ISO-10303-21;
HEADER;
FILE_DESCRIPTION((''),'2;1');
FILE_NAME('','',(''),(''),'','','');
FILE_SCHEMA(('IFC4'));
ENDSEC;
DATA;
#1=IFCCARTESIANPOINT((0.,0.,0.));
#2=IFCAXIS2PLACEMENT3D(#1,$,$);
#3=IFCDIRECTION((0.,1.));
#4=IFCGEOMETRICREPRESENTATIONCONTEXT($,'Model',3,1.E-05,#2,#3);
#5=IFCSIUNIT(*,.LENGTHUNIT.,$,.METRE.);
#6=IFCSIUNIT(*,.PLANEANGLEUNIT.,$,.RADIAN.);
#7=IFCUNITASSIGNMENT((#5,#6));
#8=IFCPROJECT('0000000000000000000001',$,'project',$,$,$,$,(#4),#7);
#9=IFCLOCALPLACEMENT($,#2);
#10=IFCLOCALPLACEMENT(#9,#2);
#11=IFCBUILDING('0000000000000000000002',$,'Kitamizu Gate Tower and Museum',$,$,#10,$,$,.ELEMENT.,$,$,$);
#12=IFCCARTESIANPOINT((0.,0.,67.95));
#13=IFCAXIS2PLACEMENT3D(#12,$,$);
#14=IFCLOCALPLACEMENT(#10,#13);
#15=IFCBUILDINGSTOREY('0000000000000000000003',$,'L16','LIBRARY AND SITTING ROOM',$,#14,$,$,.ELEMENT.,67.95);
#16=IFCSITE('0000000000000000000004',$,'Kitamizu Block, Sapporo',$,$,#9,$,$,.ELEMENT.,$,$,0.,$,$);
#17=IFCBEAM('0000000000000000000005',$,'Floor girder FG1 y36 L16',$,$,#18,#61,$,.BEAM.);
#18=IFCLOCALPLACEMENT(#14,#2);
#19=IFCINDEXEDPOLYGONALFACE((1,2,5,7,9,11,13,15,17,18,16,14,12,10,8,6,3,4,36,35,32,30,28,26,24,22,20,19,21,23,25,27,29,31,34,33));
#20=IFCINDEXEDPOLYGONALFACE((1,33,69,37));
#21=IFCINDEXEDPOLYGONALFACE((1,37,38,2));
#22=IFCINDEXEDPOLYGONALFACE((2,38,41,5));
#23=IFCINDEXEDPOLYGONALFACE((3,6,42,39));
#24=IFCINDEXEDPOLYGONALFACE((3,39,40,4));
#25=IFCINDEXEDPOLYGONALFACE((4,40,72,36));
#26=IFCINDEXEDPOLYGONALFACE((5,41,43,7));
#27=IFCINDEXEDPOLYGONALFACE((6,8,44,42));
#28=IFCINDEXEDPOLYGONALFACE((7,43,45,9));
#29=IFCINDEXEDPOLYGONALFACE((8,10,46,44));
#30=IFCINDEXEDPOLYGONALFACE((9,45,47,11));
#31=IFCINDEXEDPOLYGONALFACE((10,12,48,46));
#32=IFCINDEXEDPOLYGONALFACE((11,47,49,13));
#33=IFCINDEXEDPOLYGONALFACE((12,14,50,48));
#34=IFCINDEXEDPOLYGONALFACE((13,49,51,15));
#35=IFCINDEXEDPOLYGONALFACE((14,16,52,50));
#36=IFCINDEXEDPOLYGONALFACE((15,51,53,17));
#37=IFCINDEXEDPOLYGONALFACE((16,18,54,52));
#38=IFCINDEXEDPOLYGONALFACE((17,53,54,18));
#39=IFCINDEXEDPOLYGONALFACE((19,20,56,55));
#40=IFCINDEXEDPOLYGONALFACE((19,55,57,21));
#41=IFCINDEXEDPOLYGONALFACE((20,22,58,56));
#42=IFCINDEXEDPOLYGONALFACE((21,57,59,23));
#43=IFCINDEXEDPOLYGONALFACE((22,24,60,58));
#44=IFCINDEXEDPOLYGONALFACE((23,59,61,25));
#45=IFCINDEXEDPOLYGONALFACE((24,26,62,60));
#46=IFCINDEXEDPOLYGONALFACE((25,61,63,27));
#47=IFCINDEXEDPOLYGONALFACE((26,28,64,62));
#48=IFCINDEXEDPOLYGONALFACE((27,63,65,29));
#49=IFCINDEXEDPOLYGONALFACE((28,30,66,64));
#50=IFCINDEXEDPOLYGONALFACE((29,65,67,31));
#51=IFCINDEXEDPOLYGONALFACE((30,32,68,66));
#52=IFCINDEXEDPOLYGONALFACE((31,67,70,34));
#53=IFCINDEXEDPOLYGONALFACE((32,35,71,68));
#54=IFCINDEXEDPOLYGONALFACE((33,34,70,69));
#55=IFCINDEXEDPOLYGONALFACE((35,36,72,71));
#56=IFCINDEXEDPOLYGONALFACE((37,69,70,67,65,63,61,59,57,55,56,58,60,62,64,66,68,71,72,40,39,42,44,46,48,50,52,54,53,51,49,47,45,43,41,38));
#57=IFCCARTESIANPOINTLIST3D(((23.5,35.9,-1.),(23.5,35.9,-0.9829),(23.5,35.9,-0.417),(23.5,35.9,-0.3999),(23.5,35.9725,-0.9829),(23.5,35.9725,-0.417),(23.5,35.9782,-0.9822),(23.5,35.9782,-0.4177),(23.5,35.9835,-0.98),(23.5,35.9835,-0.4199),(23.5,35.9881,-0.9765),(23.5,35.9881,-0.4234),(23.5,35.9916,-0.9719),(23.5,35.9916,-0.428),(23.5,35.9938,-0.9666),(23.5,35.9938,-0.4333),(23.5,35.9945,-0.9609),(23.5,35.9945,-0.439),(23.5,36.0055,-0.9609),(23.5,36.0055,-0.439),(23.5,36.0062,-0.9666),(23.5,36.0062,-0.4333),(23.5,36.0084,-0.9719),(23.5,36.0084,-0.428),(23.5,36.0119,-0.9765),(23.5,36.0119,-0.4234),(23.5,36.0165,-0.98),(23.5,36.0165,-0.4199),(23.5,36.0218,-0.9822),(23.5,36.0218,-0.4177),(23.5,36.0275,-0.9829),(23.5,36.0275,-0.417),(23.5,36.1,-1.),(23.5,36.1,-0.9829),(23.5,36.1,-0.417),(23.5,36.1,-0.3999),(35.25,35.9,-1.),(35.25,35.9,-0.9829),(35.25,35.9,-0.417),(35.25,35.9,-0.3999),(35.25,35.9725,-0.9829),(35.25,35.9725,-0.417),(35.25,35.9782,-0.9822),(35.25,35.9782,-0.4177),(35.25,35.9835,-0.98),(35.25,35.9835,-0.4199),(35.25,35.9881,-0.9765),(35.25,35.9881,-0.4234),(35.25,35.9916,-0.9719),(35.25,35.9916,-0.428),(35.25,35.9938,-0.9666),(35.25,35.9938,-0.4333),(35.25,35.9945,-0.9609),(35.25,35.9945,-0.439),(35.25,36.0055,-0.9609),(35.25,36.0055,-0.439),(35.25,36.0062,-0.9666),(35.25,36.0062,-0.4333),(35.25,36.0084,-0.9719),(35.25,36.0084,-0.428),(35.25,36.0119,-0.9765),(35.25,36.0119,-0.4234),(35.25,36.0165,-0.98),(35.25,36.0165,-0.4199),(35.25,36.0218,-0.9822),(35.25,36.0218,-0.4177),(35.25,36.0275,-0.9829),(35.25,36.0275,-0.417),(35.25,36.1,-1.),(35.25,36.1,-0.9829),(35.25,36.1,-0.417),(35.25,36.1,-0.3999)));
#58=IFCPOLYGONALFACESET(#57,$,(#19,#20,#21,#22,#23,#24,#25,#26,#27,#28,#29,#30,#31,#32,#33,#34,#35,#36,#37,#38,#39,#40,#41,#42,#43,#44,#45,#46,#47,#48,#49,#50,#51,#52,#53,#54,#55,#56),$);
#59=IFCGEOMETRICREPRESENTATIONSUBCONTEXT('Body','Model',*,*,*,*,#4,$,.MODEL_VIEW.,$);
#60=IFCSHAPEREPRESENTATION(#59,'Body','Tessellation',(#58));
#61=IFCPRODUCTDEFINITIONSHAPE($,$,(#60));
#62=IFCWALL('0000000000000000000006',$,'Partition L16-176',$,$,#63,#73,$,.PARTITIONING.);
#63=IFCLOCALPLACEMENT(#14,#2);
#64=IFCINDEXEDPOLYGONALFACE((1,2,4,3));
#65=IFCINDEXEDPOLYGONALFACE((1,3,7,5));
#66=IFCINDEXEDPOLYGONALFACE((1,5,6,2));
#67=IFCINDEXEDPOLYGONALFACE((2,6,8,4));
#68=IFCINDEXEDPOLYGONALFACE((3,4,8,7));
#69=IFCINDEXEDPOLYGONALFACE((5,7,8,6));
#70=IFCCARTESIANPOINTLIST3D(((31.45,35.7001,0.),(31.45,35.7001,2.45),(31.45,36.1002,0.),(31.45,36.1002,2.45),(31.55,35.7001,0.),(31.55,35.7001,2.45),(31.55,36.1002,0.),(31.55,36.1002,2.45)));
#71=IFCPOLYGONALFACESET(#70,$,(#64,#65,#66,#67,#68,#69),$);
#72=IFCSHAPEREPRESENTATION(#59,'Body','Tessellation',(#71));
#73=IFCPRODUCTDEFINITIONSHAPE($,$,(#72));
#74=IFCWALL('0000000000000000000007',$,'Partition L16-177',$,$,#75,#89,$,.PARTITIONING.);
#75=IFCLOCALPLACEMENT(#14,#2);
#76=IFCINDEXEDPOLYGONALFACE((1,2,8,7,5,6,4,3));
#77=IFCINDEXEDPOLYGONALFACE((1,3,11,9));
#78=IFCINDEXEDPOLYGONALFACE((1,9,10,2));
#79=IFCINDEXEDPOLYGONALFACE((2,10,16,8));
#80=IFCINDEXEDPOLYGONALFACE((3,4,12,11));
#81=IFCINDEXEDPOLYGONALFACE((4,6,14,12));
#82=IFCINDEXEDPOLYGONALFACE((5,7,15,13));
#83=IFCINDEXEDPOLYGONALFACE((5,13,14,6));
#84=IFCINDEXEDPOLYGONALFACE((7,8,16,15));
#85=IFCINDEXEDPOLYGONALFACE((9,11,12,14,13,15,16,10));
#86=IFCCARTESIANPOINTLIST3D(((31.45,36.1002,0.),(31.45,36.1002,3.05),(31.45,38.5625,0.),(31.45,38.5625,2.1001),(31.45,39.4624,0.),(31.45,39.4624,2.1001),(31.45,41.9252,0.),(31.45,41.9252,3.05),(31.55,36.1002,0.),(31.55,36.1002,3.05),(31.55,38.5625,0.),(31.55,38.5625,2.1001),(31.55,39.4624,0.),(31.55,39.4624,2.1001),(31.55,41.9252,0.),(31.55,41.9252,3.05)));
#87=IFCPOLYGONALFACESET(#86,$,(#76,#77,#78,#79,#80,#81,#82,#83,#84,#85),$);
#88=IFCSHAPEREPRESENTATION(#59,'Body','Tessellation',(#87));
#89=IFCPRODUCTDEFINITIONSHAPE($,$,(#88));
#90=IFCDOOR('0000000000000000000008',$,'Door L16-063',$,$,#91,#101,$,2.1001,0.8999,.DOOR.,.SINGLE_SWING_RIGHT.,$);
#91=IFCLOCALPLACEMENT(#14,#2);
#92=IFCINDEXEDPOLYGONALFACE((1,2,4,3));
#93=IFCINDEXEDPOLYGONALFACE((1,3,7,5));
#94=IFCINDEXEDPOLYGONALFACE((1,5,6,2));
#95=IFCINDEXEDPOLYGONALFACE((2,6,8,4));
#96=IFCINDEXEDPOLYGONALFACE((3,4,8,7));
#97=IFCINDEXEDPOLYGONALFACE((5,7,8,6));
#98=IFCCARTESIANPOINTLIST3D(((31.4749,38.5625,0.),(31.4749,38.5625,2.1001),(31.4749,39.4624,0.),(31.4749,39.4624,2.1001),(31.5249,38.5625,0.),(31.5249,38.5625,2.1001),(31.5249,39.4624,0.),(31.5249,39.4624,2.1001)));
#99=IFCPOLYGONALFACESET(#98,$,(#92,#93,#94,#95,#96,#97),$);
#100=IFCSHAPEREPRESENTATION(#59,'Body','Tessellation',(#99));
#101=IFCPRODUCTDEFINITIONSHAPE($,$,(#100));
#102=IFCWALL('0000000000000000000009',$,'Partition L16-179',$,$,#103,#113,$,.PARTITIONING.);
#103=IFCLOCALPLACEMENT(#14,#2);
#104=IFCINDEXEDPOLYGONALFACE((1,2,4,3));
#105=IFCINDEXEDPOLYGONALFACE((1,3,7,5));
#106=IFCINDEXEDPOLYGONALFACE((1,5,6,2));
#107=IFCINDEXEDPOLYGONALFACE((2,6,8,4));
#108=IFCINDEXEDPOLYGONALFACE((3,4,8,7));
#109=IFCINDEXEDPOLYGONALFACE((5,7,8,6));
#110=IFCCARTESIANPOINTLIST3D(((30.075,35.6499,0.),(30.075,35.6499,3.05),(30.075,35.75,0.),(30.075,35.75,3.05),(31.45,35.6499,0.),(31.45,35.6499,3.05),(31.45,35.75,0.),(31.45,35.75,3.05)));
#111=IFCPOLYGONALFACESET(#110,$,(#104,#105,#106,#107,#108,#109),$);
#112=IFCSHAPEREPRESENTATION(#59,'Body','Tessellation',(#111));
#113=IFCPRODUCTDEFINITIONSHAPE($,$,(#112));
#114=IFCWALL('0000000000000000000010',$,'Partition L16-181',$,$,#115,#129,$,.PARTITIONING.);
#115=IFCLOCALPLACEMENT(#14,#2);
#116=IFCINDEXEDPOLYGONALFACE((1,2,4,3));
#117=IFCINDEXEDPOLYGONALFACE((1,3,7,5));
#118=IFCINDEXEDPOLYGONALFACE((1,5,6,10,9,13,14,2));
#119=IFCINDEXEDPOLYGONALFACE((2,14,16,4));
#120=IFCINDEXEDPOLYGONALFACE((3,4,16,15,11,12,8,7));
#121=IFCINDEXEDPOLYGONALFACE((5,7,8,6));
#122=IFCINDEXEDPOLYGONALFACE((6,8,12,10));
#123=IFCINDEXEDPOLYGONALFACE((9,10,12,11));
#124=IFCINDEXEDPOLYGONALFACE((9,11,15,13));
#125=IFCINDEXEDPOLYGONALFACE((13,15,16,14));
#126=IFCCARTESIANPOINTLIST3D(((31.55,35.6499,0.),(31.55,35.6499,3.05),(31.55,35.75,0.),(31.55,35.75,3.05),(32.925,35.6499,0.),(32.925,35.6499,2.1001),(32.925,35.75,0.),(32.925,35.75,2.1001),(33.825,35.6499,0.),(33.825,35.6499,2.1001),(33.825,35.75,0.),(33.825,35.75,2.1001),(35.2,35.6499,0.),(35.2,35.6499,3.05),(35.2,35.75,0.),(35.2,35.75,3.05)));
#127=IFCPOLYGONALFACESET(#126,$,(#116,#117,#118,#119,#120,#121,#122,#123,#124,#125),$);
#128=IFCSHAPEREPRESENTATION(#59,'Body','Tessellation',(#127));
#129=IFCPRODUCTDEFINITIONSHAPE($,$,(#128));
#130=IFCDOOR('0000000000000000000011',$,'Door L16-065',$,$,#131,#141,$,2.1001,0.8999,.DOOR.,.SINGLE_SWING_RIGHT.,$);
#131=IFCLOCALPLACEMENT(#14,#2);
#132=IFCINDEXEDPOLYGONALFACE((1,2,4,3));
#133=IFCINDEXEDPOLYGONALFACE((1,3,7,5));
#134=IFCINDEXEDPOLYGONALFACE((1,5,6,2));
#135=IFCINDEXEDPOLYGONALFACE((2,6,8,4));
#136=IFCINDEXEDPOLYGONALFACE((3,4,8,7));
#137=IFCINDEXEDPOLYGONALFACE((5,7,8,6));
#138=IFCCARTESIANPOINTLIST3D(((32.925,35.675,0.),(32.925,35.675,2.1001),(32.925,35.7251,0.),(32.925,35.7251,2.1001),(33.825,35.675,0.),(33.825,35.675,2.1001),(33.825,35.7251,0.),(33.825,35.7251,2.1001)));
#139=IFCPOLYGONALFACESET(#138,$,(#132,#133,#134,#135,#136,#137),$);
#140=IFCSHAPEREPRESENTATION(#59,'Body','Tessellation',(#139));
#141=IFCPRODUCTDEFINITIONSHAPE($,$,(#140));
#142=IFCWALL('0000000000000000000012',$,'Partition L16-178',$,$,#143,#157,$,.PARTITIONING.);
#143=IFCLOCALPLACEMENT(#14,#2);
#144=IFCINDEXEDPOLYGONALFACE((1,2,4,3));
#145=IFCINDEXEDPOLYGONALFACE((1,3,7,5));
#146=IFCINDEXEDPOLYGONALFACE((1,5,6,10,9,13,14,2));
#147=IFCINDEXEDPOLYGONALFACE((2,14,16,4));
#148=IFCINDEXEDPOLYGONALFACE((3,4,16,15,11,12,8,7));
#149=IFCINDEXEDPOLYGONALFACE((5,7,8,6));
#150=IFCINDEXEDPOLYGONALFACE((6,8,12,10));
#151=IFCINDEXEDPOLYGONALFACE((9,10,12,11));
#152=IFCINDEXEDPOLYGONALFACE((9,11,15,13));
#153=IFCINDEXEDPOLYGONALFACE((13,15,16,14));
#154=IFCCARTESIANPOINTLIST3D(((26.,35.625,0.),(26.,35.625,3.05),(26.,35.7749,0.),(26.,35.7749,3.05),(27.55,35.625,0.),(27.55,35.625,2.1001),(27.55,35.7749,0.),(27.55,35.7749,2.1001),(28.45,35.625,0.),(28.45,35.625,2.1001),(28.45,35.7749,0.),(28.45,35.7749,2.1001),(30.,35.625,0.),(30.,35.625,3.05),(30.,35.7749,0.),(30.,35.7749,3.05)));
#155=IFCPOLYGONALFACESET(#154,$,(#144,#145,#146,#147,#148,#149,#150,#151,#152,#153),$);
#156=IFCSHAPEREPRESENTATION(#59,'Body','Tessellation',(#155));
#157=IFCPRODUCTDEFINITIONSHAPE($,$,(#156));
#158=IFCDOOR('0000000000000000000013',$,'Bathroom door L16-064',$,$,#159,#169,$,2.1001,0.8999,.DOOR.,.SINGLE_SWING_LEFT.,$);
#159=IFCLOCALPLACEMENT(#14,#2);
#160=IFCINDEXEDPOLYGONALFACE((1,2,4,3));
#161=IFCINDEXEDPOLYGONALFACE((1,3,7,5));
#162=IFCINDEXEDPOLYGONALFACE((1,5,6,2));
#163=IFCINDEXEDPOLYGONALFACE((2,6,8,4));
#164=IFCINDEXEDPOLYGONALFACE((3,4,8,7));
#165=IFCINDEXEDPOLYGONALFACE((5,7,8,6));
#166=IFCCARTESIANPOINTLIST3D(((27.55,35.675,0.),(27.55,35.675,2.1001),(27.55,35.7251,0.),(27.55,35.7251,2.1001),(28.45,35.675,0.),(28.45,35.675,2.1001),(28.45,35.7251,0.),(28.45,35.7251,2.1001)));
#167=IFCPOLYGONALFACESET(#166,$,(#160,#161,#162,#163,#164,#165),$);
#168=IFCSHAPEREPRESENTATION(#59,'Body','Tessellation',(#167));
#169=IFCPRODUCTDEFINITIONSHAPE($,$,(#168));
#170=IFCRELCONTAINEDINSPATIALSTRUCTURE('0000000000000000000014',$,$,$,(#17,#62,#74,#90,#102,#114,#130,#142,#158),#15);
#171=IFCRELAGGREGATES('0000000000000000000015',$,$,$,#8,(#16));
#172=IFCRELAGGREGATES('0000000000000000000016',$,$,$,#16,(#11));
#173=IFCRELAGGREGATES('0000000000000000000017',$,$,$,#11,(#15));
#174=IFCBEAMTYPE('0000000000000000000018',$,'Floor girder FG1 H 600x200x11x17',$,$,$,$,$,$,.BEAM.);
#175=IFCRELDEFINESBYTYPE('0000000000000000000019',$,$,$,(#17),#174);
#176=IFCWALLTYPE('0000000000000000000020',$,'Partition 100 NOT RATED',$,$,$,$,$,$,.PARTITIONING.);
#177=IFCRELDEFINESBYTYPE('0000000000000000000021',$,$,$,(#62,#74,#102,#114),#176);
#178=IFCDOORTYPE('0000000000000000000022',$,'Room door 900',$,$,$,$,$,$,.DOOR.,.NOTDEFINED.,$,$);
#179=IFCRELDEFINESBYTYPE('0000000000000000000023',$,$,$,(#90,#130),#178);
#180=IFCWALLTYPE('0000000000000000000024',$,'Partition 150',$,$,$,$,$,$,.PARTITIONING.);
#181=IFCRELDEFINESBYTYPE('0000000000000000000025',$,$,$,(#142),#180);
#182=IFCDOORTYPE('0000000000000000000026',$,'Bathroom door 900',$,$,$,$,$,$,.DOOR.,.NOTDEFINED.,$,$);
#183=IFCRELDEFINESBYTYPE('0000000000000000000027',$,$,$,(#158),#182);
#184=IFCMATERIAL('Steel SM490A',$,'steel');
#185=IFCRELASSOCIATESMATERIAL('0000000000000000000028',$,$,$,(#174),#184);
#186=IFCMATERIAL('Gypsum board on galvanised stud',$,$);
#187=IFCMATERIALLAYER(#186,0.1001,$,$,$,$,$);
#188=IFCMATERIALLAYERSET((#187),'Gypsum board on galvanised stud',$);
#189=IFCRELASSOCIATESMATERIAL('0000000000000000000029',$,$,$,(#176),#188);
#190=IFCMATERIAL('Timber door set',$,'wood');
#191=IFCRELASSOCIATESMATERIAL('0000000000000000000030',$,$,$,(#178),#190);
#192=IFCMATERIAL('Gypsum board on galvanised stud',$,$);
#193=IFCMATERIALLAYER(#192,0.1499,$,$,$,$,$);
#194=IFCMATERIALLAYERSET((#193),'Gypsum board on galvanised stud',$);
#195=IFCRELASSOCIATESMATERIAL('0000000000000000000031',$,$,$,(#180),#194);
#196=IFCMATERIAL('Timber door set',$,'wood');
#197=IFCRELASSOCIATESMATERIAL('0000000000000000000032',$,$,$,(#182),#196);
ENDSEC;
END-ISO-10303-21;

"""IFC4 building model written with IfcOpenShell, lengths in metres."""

from ifc_helpers import new_model, si_unit, direction, frame, frame_2d, origin, origin_2d, place, context, subcontext, project, spatial, rectangle, i_section, extrude, material, layer, layer_set, material_profile, profile_set, type_object, element, fill, save


model = new_model("IFC4")

# Units and contexts
model_context = context("Model", 3, precision=1e-05, world=origin(), true_north=direction((0.0, 1.0)))
body_context = subcontext(model_context, "Body", "Model", "MODEL_VIEW")
ifc_project = project(units=[si_unit("LENGTHUNIT", "METRE"), si_unit("PLANEANGLEUNIT", "RADIAN")], contexts=[model_context])

# Site, building, storey
site_placement = place(None, origin())
site = spatial("IfcSite", under=ifc_project, at=site_placement, Name="Kitamizu Block, Sapporo", CompositionType="ELEMENT", RefElevation=0.0)
building_placement = place(site_placement, origin())
building = spatial("IfcBuilding", under=site, at=building_placement, Name="Kitamizu Gate Tower and Museum", CompositionType="ELEMENT")
storey_placement = place(building_placement, frame((0.0, 0.0, 67.95)))
storey = spatial("IfcBuildingStorey", under=building, at=storey_placement, Name="L16", Description="LIBRARY AND SITTING ROOM", CompositionType="ELEMENT", Elevation=67.95)

# Beam
ifc_material_1 = material(Name="Steel SM490A", Category="steel")
ifc_material_profile = material_profile(ifc_material_1, i_section(OverallWidth=0.2, OverallDepth=0.6001, WebThickness=0.011, FlangeThickness=0.0171, FilletRadius=0.022, at=origin_2d()), Name="H-600x200x11x17")
ifc_profile_set = profile_set([ifc_material_profile], Name="Steel SM490A")
beam_type = type_object("IfcBeamType", Name="Floor girder FG1 H 600x200x11x17", PredefinedType="BEAM", material=ifc_profile_set)
beam_placement = place(storey_placement, frame((23.5, 36.0, -0.7), z_axis=(1.0, 0.0, 0.0), x_axis=(0.0, 1.0, 0.0)))
element("IfcBeam", 1, at=beam_placement, inside=storey, type_object=beam_type, Name="Floor girder FG1 y36 L16", PredefinedType="BEAM", context=body_context, shape_type="SweptSolid", body=[
    extrude(i_section(OverallWidth=0.2, OverallDepth=0.6001, WebThickness=0.011, FlangeThickness=0.0171, FilletRadius=0.022, at=origin_2d()), origin(), (0.0, 0.0, 1.0), 11.75),
])

# Wall
ifc_material_2 = material(Name="Gypsum board on galvanised stud")
ifc_layer_1 = layer(ifc_material_2, 0.1001)
ifc_layer_set_1 = layer_set([ifc_layer_1], Name="Gypsum board on galvanised stud")
wall_type_1 = type_object("IfcWallType", Name="Partition 100 NOT RATED", PredefinedType="PARTITIONING", material=ifc_layer_set_1)
wall_1_placement = place(storey_placement, frame((31.5, 35.7, 0.0), z_axis=(0.0, 0.0, 1.0), x_axis=(0.0, 1.0, 0.0)))
element("IfcWall", 2, at=wall_1_placement, inside=storey, type_object=wall_type_1, Name="Partition L16-176", PredefinedType="PARTITIONING", context=body_context, shape_type="SweptSolid", body=[
    extrude(rectangle(XDim=0.4001, YDim=0.1001, at=frame_2d((0.2002, 0.0))), origin(), (0.0, 0.0, 1.0), 2.45),
])

# Wall, opening, door
wall_2_placement = place(storey_placement, frame((31.5, 36.1001, 0.0), z_axis=(0.0, 0.0, 1.0), x_axis=(0.0, 1.0, 0.0)))
wall_2 = element("IfcWall", 3, at=wall_2_placement, inside=storey, type_object=wall_type_1, Name="Partition L16-177", PredefinedType="PARTITIONING", context=body_context, shape_type="SweptSolid", body=[
    extrude(rectangle(XDim=5.825, YDim=0.1001, at=frame_2d((2.9126, 0.0))), origin(), (0.0, 0.0, 1.0), 3.05),
])
opening_1_placement = place(wall_2_placement, frame((2.4624, 0.0, 0.0)))
opening_1 = element("IfcOpeningElement", 4, at=opening_1_placement, cuts=wall_2, PredefinedType="OPENING", context=body_context, shape_type="SweptSolid", body=[
    extrude(rectangle(XDim=0.8999, YDim=2.1001, at=frame_2d((0.45, 1.05))), frame((0.0, 0.0601, 0.0), z_axis=(0.0, -1.0, 0.0), x_axis=(1.0, 0.0, 0.0)), (0.0, 0.0, 1.0), 0.1201),
])
ifc_material_3 = material(Name="Timber door set", Category="wood")
door_type_1 = type_object("IfcDoorType", Name="Room door 900", OperationType="NOTDEFINED", PredefinedType="DOOR", material=ifc_material_3)
door_1_placement = place(opening_1_placement, frame((0.8999, 0.0, 0.0), x_axis=(-1.0, 0.0, 0.0)))
door_1 = element("IfcDoor", 5, at=door_1_placement, inside=storey, type_object=door_type_1, Name="Door L16-063", OperationType="SINGLE_SWING_RIGHT", OverallHeight=2.1001, OverallWidth=0.8999, PredefinedType="DOOR", context=body_context, shape_type="SweptSolid", body=[
    extrude(rectangle(XDim=0.8999, YDim=2.1001, at=frame_2d((0.45, 1.05))), frame((0.0, 0.0249, 0.0), z_axis=(0.0, -1.0, 0.0), x_axis=(1.0, 0.0, 0.0)), (0.0, 0.0, 1.0), 0.05),
])
fill(opening_1, door_1)

# Wall
wall_3_placement = place(storey_placement, frame((30.075, 35.7, 0.0), z_axis=(0.0, 0.0, 1.0), x_axis=(1.0, 0.0, 0.0)))
element("IfcWall", 6, at=wall_3_placement, inside=storey, type_object=wall_type_1, Name="Partition L16-179", PredefinedType="PARTITIONING", context=body_context, shape_type="SweptSolid", body=[
    extrude(rectangle(XDim=1.375, YDim=0.1001, at=frame_2d((0.6875, 0.0))), origin(), (0.0, 0.0, 1.0), 3.05),
])

# Walls, openings, doors
wall_4_placement = place(storey_placement, frame((31.55, 35.7, 0.0), z_axis=(0.0, 0.0, 1.0), x_axis=(1.0, 0.0, 0.0)))
wall_4 = element("IfcWall", 7, at=wall_4_placement, inside=storey, type_object=wall_type_1, Name="Partition L16-181", PredefinedType="PARTITIONING", context=body_context, shape_type="SweptSolid", body=[
    extrude(rectangle(XDim=3.6499, YDim=0.1001, at=frame_2d((1.825, 0.0))), origin(), (0.0, 0.0, 1.0), 3.05),
])
opening_2_placement = place(wall_4_placement, frame((1.375, 0.0, 0.0)))
opening_2 = element("IfcOpeningElement", 8, at=opening_2_placement, cuts=wall_4, PredefinedType="OPENING", context=body_context, shape_type="SweptSolid", body=[
    extrude(rectangle(XDim=0.8999, YDim=2.1001, at=frame_2d((0.45, 1.05))), frame((0.0, 0.0601, 0.0), z_axis=(0.0, -1.0, 0.0), x_axis=(1.0, 0.0, 0.0)), (0.0, 0.0, 1.0), 0.1201),
])
door_2_placement = place(opening_2_placement, frame((0.8999, 0.0, 0.0), x_axis=(-1.0, 0.0, 0.0)))
door_2 = element("IfcDoor", 9, at=door_2_placement, inside=storey, type_object=door_type_1, Name="Door L16-065", OperationType="SINGLE_SWING_RIGHT", OverallHeight=2.1001, OverallWidth=0.8999, PredefinedType="DOOR", context=body_context, shape_type="SweptSolid", body=[
    extrude(rectangle(XDim=0.8999, YDim=2.1001, at=frame_2d((0.45, 1.05))), frame((0.0, 0.0249, 0.0), z_axis=(0.0, -1.0, 0.0), x_axis=(1.0, 0.0, 0.0)), (0.0, 0.0, 1.0), 0.05),
])
fill(opening_2, door_2)
ifc_material_4 = material(Name="Gypsum board on galvanised stud")
ifc_layer_2 = layer(ifc_material_4, 0.1499)
ifc_layer_set_2 = layer_set([ifc_layer_2], Name="Gypsum board on galvanised stud")
wall_type_2 = type_object("IfcWallType", Name="Partition 150", PredefinedType="PARTITIONING", material=ifc_layer_set_2)
wall_5_placement = place(storey_placement, frame((26.0, 35.7, 0.0), z_axis=(0.0, 0.0, 1.0), x_axis=(1.0, 0.0, 0.0)))
wall_5 = element("IfcWall", 10, at=wall_5_placement, inside=storey, type_object=wall_type_2, Name="Partition L16-178", PredefinedType="PARTITIONING", context=body_context, shape_type="SweptSolid", body=[
    extrude(rectangle(XDim=4.0, YDim=0.1499, at=frame_2d((2.0, 0.0))), origin(), (0.0, 0.0, 1.0), 3.05),
])
opening_3_placement = place(wall_5_placement, frame((1.55, 0.0, 0.0)))
opening_3 = element("IfcOpeningElement", 11, at=opening_3_placement, cuts=wall_5, PredefinedType="OPENING", context=body_context, shape_type="SweptSolid", body=[
    extrude(rectangle(XDim=0.8999, YDim=2.1001, at=frame_2d((0.45, 1.05))), frame((0.0, 0.085, 0.0), z_axis=(0.0, -1.0, 0.0), x_axis=(1.0, 0.0, 0.0)), (0.0, 0.0, 1.0), 0.1699),
])
ifc_material_5 = material(Name="Timber door set", Category="wood")
door_type_2 = type_object("IfcDoorType", Name="Bathroom door 900", OperationType="NOTDEFINED", PredefinedType="DOOR", material=ifc_material_5)
door_3_placement = place(opening_3_placement, frame((0.8999, 0.0, 0.0), x_axis=(-1.0, 0.0, 0.0)))
door_3 = element("IfcDoor", 12, at=door_3_placement, inside=storey, type_object=door_type_2, Name="Bathroom door L16-064", OperationType="SINGLE_SWING_LEFT", OverallHeight=2.1001, OverallWidth=0.8999, PredefinedType="DOOR", context=body_context, shape_type="SweptSolid", body=[
    extrude(rectangle(XDim=0.8999, YDim=2.1001, at=frame_2d((0.45, 1.05))), frame((0.0, 0.0249, 0.0), z_axis=(0.0, -1.0, 0.0), x_axis=(1.0, 0.0, 0.0)), (0.0, 0.0, 1.0), 0.05),
])
fill(opening_3, door_3)

save(model, "model.ifc")
